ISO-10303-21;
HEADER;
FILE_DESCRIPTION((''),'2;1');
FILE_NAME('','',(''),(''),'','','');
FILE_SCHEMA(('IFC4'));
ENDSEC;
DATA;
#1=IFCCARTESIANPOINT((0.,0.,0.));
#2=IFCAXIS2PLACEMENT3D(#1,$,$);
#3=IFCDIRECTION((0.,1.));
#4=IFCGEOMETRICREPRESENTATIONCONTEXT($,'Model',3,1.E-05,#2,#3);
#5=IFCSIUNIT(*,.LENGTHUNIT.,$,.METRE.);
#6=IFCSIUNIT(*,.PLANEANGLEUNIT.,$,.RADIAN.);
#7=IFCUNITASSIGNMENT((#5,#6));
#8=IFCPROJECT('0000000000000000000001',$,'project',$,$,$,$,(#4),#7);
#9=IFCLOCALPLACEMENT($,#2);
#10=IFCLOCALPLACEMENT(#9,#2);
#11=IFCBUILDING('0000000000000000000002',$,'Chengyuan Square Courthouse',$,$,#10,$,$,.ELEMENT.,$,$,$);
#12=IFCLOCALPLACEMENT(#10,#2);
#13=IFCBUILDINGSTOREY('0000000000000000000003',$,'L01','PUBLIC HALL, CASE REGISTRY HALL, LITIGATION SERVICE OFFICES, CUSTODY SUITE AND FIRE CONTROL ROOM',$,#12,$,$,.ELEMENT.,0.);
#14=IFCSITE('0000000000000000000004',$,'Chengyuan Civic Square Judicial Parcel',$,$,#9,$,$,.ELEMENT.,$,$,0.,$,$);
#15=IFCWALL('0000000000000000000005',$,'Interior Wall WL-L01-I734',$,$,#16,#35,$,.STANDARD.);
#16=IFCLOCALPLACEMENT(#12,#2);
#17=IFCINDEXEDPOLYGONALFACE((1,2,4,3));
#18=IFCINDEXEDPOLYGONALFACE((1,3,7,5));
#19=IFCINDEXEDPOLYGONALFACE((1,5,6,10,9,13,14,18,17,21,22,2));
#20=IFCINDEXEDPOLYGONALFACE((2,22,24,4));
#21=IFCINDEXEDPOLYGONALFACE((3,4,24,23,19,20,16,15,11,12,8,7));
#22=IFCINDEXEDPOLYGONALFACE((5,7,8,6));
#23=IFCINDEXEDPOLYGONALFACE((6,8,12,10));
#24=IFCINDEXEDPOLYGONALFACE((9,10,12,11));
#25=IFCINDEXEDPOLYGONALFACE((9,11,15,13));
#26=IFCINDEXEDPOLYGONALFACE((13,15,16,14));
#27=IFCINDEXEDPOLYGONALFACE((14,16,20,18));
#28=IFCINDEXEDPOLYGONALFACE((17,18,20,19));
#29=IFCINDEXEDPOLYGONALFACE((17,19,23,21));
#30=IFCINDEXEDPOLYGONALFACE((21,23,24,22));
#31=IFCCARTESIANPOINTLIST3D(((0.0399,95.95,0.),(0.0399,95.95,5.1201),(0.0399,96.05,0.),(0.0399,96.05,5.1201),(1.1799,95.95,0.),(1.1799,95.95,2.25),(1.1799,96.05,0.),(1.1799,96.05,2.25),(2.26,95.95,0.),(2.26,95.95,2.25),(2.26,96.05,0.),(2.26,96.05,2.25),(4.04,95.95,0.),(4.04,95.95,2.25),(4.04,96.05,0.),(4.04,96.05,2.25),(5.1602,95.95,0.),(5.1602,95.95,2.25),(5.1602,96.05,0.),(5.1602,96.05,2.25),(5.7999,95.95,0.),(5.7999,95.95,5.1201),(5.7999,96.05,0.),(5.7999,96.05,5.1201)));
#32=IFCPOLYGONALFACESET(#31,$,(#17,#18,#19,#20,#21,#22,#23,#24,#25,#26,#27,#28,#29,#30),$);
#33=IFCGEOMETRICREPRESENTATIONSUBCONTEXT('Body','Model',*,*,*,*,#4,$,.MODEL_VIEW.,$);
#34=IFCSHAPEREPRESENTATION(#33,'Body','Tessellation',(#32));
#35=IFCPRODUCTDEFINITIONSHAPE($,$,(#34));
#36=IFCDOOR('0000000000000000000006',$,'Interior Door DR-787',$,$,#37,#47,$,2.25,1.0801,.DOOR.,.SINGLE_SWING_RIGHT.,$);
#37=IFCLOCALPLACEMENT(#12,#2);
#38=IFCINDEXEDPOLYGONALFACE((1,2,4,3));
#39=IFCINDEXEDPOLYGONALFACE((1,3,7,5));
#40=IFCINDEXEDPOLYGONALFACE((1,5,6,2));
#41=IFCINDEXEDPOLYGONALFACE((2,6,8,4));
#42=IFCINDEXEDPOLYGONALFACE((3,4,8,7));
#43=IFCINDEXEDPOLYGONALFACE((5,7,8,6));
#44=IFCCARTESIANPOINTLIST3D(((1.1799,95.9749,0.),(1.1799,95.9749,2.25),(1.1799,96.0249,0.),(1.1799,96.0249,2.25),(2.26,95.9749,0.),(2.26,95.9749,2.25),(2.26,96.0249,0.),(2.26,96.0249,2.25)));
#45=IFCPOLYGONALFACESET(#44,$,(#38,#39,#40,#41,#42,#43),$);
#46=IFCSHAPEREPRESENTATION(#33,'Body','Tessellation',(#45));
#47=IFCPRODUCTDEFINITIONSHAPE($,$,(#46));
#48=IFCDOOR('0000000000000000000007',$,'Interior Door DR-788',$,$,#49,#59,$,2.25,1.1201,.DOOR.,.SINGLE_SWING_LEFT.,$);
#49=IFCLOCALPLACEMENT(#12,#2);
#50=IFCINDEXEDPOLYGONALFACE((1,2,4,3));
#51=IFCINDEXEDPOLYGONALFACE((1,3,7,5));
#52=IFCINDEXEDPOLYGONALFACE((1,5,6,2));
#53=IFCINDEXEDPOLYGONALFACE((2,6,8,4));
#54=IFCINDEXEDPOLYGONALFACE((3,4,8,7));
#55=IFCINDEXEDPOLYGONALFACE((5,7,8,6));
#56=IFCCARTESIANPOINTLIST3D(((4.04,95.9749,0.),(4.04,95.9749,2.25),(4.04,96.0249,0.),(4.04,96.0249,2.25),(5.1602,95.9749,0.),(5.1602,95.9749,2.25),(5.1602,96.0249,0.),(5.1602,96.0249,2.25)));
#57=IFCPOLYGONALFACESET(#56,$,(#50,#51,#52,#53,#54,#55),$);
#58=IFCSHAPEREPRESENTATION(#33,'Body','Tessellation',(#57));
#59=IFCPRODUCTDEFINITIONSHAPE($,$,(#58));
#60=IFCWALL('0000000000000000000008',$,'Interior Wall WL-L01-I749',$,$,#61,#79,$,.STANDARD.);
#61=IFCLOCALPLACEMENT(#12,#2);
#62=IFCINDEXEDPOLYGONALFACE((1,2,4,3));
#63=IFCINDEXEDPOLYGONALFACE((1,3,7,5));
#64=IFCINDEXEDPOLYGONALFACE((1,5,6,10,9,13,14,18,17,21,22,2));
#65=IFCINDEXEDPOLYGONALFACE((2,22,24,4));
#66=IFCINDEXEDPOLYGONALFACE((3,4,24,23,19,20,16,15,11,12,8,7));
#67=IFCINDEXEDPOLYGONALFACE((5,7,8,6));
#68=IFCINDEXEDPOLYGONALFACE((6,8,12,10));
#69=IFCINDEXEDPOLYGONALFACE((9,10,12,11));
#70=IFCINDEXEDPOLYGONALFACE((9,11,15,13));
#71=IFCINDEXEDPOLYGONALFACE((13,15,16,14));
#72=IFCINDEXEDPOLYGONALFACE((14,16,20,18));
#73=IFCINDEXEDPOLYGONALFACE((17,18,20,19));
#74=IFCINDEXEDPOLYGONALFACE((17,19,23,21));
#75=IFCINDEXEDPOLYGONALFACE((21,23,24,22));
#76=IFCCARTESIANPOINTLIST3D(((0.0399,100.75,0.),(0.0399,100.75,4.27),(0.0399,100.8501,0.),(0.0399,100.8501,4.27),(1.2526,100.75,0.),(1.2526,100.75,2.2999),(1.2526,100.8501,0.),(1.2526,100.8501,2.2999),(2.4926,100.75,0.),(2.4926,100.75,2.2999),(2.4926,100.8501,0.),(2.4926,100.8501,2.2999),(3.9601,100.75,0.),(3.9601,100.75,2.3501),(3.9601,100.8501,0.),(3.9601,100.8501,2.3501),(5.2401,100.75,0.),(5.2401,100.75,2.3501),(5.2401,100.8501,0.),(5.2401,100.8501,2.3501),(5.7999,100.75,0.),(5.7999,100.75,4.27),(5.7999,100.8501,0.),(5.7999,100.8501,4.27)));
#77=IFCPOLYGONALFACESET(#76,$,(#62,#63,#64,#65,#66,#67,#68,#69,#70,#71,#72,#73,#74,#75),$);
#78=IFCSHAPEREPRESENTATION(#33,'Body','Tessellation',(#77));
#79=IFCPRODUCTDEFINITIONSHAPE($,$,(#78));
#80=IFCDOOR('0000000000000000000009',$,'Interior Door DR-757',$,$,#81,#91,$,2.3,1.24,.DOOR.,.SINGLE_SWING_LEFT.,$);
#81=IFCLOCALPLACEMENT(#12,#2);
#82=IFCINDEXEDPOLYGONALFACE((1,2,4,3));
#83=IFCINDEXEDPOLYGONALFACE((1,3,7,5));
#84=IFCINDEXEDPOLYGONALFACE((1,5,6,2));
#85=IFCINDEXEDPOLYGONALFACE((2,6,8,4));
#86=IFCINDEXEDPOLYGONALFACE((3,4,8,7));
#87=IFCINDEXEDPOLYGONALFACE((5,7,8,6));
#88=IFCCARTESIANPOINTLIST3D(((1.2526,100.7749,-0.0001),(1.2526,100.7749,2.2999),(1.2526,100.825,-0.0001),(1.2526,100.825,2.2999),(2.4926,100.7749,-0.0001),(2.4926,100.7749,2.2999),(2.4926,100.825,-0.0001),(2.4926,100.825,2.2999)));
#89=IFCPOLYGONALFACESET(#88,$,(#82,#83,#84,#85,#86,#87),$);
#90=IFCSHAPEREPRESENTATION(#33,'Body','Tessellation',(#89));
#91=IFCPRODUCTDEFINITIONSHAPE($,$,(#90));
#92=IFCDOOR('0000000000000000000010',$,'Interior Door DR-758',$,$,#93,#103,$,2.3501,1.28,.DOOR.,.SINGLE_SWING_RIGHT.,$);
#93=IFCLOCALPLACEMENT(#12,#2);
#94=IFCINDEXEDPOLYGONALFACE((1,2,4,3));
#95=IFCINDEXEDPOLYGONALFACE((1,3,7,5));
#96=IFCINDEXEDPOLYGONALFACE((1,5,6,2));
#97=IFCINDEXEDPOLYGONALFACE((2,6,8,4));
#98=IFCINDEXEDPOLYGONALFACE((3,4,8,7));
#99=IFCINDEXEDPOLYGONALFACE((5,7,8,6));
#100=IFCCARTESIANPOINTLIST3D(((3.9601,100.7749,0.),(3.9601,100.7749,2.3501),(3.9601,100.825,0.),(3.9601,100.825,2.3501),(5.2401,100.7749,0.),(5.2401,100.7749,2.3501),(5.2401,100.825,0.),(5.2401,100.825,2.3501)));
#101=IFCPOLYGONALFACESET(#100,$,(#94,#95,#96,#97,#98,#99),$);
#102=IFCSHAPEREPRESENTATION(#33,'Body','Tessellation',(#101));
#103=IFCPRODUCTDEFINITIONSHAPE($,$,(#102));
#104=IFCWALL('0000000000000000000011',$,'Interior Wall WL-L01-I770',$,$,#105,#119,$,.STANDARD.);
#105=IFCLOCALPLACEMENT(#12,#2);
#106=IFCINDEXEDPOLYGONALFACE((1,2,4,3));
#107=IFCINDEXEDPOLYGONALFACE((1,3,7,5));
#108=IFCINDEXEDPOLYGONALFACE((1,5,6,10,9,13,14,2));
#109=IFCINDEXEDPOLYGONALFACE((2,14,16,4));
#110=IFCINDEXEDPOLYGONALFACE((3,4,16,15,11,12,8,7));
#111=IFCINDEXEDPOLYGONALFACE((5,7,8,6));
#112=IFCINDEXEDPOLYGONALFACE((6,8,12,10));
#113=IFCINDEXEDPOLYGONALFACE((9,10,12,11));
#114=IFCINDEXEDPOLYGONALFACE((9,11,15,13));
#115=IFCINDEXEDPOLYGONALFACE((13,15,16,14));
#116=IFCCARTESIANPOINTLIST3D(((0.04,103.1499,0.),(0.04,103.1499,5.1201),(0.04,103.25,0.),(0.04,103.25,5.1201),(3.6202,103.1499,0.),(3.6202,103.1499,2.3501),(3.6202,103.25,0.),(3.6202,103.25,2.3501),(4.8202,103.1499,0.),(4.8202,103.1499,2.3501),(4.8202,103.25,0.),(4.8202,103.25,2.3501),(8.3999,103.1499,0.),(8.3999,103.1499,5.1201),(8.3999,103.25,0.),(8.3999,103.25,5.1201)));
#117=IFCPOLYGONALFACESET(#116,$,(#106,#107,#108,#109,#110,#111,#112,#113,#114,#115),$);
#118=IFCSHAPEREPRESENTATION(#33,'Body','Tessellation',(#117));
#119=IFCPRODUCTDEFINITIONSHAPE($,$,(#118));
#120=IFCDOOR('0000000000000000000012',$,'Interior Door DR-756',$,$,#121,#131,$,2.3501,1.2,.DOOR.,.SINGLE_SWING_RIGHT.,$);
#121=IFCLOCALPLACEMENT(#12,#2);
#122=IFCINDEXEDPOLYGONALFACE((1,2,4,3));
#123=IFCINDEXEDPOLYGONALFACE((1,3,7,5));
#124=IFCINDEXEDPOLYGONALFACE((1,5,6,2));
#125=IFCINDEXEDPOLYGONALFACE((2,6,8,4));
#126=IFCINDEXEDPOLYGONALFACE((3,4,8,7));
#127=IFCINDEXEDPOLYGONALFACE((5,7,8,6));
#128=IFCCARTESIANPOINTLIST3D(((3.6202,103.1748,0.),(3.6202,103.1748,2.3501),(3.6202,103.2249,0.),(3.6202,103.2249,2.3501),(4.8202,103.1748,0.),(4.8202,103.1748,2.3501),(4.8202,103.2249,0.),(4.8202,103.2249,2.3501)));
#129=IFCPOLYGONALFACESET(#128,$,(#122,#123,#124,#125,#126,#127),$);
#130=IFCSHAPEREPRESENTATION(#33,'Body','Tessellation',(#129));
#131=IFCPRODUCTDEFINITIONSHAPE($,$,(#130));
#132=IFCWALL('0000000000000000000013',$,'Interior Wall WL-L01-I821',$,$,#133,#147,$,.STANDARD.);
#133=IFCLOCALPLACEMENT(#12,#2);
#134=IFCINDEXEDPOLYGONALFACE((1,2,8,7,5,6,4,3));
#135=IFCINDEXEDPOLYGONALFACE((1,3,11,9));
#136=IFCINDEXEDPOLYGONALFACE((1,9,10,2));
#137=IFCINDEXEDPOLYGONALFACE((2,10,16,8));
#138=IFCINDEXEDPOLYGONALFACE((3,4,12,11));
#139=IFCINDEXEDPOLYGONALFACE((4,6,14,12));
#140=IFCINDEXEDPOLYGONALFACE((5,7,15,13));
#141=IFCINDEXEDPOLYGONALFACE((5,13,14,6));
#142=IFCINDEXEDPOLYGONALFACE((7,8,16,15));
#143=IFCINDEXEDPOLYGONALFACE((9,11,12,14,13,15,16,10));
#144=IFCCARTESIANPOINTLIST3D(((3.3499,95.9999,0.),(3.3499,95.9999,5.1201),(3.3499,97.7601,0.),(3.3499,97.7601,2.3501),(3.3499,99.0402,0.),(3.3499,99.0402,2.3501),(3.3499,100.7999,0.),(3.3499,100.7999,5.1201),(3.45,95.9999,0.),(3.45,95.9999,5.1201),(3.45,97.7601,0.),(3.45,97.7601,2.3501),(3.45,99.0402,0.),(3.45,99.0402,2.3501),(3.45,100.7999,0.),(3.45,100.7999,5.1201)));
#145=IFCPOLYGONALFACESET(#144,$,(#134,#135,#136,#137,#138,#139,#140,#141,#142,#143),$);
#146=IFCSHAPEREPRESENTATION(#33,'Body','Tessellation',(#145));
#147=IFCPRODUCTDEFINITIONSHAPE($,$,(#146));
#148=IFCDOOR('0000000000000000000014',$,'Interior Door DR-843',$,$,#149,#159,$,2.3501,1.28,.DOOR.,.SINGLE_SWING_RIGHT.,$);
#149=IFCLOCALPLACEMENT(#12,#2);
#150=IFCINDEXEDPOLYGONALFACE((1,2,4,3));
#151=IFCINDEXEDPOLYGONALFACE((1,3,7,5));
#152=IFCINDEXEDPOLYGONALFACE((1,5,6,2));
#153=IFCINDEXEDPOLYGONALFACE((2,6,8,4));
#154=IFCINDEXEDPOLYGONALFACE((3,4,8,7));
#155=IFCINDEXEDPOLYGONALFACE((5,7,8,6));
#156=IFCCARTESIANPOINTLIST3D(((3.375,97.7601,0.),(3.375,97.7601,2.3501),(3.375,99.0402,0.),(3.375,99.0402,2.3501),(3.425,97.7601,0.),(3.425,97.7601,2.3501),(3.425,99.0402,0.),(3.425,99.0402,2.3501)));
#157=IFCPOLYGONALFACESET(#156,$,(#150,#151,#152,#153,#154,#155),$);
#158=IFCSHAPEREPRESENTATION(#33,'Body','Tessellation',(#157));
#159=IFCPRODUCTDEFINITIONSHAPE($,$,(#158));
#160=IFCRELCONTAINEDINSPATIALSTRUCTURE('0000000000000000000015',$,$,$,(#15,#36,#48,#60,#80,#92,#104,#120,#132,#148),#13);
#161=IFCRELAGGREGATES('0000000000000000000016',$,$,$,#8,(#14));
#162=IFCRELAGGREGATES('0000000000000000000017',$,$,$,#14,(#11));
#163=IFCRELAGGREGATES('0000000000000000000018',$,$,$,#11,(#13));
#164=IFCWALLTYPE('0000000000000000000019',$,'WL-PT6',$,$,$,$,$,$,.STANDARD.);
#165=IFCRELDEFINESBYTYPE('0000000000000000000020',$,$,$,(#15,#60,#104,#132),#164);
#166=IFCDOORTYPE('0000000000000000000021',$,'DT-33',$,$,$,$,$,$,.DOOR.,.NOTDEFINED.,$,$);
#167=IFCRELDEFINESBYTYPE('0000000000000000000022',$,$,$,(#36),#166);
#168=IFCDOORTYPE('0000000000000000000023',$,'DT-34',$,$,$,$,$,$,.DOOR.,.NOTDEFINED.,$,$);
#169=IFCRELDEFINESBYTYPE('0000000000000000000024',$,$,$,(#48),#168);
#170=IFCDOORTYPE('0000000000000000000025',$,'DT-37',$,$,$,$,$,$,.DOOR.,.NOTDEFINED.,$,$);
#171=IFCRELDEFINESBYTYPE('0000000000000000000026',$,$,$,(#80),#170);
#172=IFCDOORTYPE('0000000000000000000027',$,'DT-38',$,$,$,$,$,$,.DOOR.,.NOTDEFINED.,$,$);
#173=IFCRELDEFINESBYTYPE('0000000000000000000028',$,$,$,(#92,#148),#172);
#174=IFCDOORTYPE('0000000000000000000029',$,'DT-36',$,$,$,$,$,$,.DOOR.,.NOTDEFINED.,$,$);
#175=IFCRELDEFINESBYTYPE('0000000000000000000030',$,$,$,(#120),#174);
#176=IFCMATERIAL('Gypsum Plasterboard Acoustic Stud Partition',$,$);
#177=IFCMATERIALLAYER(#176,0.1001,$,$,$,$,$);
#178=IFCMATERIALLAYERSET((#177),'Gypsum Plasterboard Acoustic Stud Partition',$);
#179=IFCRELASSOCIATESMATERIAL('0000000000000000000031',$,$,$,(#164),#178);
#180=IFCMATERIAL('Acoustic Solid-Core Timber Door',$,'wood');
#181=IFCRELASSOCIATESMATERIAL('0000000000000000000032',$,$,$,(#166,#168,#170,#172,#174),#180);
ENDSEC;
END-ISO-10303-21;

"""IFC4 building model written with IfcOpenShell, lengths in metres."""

from ifc_helpers import new_model, si_unit, direction, frame, frame_2d, origin, place, context, subcontext, project, spatial, rectangle, extrude, material, layer, layer_set, type_object, element, fill, save


model = new_model("IFC4")

# Units and contexts
model_context = context("Model", 3, precision=1e-05, world=origin(), true_north=direction((0.0, 1.0)))
body_context = subcontext(model_context, "Body", "Model", "MODEL_VIEW")
ifc_project = project(units=[si_unit("LENGTHUNIT", "METRE"), si_unit("PLANEANGLEUNIT", "RADIAN")], contexts=[model_context])

# Site, building, storey
site_placement = place(None, origin())
site = spatial("IfcSite", under=ifc_project, at=site_placement, Name="Chengyuan Civic Square Judicial Parcel", CompositionType="ELEMENT", RefElevation=0.0)
building_placement = place(site_placement, origin())
building = spatial("IfcBuilding", under=site, at=building_placement, Name="Chengyuan Square Courthouse", CompositionType="ELEMENT")
storey_placement = place(building_placement, origin())
storey = spatial("IfcBuildingStorey", under=building, at=storey_placement, Name="L01", Description="PUBLIC HALL, CASE REGISTRY HALL, LITIGATION SERVICE OFFICES, CUSTODY SUITE AND FIRE CONTROL ROOM", CompositionType="ELEMENT", Elevation=0.0)

# Walls, openings, doors
ifc_material_1 = material(Name="Gypsum Plasterboard Acoustic Stud Partition")
ifc_layer_1 = layer(ifc_material_1, 0.1001)
ifc_layer_set_1 = layer_set([ifc_layer_1], Name="Gypsum Plasterboard Acoustic Stud Partition")
wall_type_1 = type_object("IfcWallType", Name="WL-PT6", PredefinedType="STANDARD", material=ifc_layer_set_1)
wall_1_placement = place(storey_placement, frame((0.04, 96.0, 0.0), z_axis=(0.0, 0.0, 1.0), x_axis=(1.0, 0.0, 0.0)))
wall_1 = element("IfcWall", 1, at=wall_1_placement, inside=storey, type_object=wall_type_1, Name="Interior Wall WL-L01-I734", PredefinedType="STANDARD", context=body_context, shape_type="SweptSolid", body=[
    extrude(rectangle(XDim=5.76, YDim=0.1001, at=frame_2d((2.8799, 0.0))), origin(), (0.0, 0.0, 1.0), 5.1201),
])
opening_1_placement = place(wall_1_placement, frame((1.1399, 0.0, 0.0)))
opening_1 = element("IfcOpeningElement", 2, at=opening_1_placement, cuts=wall_1, PredefinedType="OPENING", context=body_context, shape_type="SweptSolid", body=[
    extrude(rectangle(XDim=1.0801, YDim=2.25, at=frame_2d((0.54, 1.125))), frame((0.0, 0.062, 0.0), z_axis=(0.0, -1.0, 0.0), x_axis=(1.0, 0.0, 0.0)), (0.0, 0.0, 1.0), 0.124),
])
opening_2_placement = place(wall_1_placement, frame((4.0, 0.0, 0.0)))
opening_2 = element("IfcOpeningElement", 3, at=opening_2_placement, cuts=wall_1, PredefinedType="OPENING", context=body_context, shape_type="SweptSolid", body=[
    extrude(rectangle(XDim=1.1201, YDim=2.25, at=frame_2d((0.5601, 1.125))), frame((0.0, 0.062, 0.0), z_axis=(0.0, -1.0, 0.0), x_axis=(1.0, 0.0, 0.0)), (0.0, 0.0, 1.0), 0.124),
])
ifc_material_2 = material(Name="Acoustic Solid-Core Timber Door", Category="wood")
door_type_1 = type_object("IfcDoorType", Name="DT-33", OperationType="NOTDEFINED", PredefinedType="DOOR", material=ifc_material_2)
door_1_placement = place(opening_1_placement, origin())
door_1 = element("IfcDoor", 4, at=door_1_placement, inside=storey, type_object=door_type_1, Name="Interior Door DR-787", OperationType="SINGLE_SWING_RIGHT", OverallHeight=2.25, OverallWidth=1.0801, PredefinedType="DOOR", context=body_context, shape_type="SweptSolid", body=[
    extrude(rectangle(XDim=1.0801, YDim=2.25, at=frame_2d((0.54, 1.125))), frame((0.0, 0.0249, 0.0), z_axis=(0.0, -1.0, 0.0), x_axis=(1.0, 0.0, 0.0)), (0.0, 0.0, 1.0), 0.05),
])
fill(opening_1, door_1)
door_type_2 = type_object("IfcDoorType", Name="DT-34", OperationType="NOTDEFINED", PredefinedType="DOOR", material=ifc_material_2)
door_2_placement = place(opening_2_placement, origin())
door_2 = element("IfcDoor", 5, at=door_2_placement, inside=storey, type_object=door_type_2, Name="Interior Door DR-788", OperationType="SINGLE_SWING_LEFT", OverallHeight=2.25, OverallWidth=1.1201, PredefinedType="DOOR", context=body_context, shape_type="SweptSolid", body=[
    extrude(rectangle(XDim=1.1201, YDim=2.25, at=frame_2d((0.5601, 1.125))), frame((0.0, 0.0249, 0.0), z_axis=(0.0, -1.0, 0.0), x_axis=(1.0, 0.0, 0.0)), (0.0, 0.0, 1.0), 0.05),
])
fill(opening_2, door_2)
wall_2_placement = place(storey_placement, frame((0.04, 100.8, 0.0), z_axis=(0.0, 0.0, 1.0), x_axis=(1.0, 0.0, 0.0)))
wall_2 = element("IfcWall", 6, at=wall_2_placement, inside=storey, type_object=wall_type_1, Name="Interior Wall WL-L01-I749", PredefinedType="STANDARD", context=body_context, shape_type="SweptSolid", body=[
    extrude(rectangle(XDim=5.76, YDim=0.1001, at=frame_2d((2.8799, 0.0))), origin(), (0.0, 0.0, 1.0), 4.27),
])
opening_3_placement = place(wall_2_placement, frame((1.2124, 0.0, 0.0)))
opening_3 = element("IfcOpeningElement", 7, at=opening_3_placement, cuts=wall_2, PredefinedType="OPENING", context=body_context, shape_type="SweptSolid", body=[
    extrude(rectangle(XDim=1.24, YDim=2.3, at=frame_2d((0.6201, 1.1499))), frame((0.0, 0.062, 0.0), z_axis=(0.0, -1.0, 0.0), x_axis=(1.0, 0.0, 0.0)), (0.0, 0.0, 1.0), 0.124),
])
opening_4_placement = place(wall_2_placement, frame((3.9199, 0.0, 0.0)))
opening_4 = element("IfcOpeningElement", 8, at=opening_4_placement, cuts=wall_2, PredefinedType="OPENING", context=body_context, shape_type="SweptSolid", body=[
    extrude(rectangle(XDim=1.28, YDim=2.3501, at=frame_2d((0.6401, 1.175))), frame((0.0, 0.062, 0.0), z_axis=(0.0, -1.0, 0.0), x_axis=(1.0, 0.0, 0.0)), (0.0, 0.0, 1.0), 0.124),
])
door_type_3 = type_object("IfcDoorType", Name="DT-37", OperationType="NOTDEFINED", PredefinedType="DOOR", material=ifc_material_2)
door_3_placement = place(opening_3_placement, origin())
door_3 = element("IfcDoor", 9, at=door_3_placement, inside=storey, type_object=door_type_3, Name="Interior Door DR-757", OperationType="SINGLE_SWING_LEFT", OverallHeight=2.3, OverallWidth=1.24, PredefinedType="DOOR", context=body_context, shape_type="SweptSolid", body=[
    extrude(rectangle(XDim=1.24, YDim=2.3, at=frame_2d((0.6201, 1.1499))), frame((0.0, 0.0249, 0.0), z_axis=(0.0, -1.0, 0.0), x_axis=(1.0, 0.0, 0.0)), (0.0, 0.0, 1.0), 0.05),
])
fill(opening_3, door_3)
door_type_4 = type_object("IfcDoorType", Name="DT-38", OperationType="NOTDEFINED", PredefinedType="DOOR", material=ifc_material_2)
door_4_placement = place(opening_4_placement, origin())
door_4 = element("IfcDoor", 10, at=door_4_placement, inside=storey, type_object=door_type_4, Name="Interior Door DR-758", OperationType="SINGLE_SWING_RIGHT", OverallHeight=2.3501, OverallWidth=1.28, PredefinedType="DOOR", context=body_context, shape_type="SweptSolid", body=[
    extrude(rectangle(XDim=1.28, YDim=2.3501, at=frame_2d((0.6401, 1.175))), frame((0.0, 0.0249, 0.0), z_axis=(0.0, -1.0, 0.0), x_axis=(1.0, 0.0, 0.0)), (0.0, 0.0, 1.0), 0.05),
])
fill(opening_4, door_4)

# Walls, openings, doors
wall_3_placement = place(storey_placement, frame((0.04, 103.2, 0.0), z_axis=(0.0, 0.0, 1.0), x_axis=(1.0, 0.0, 0.0)))
wall_3 = element("IfcWall", 11, at=wall_3_placement, inside=storey, type_object=wall_type_1, Name="Interior Wall WL-L01-I770", PredefinedType="STANDARD", context=body_context, shape_type="SweptSolid", body=[
    extrude(rectangle(XDim=8.3599, YDim=0.1001, at=frame_2d((4.1799, 0.0))), origin(), (0.0, 0.0, 1.0), 5.1201),
])
opening_5_placement = place(wall_3_placement, frame((3.5801, 0.0, 0.0)))
opening_5 = element("IfcOpeningElement", 12, at=opening_5_placement, cuts=wall_3, PredefinedType="OPENING", context=body_context, shape_type="SweptSolid", body=[
    extrude(rectangle(XDim=1.2, YDim=2.3501, at=frame_2d((0.6001, 1.175))), frame((0.0, 0.062, 0.0), z_axis=(0.0, -1.0, 0.0), x_axis=(1.0, 0.0, 0.0)), (0.0, 0.0, 1.0), 0.124),
])
door_type_5 = type_object("IfcDoorType", Name="DT-36", OperationType="NOTDEFINED", PredefinedType="DOOR", material=ifc_material_2)
door_5_placement = place(opening_5_placement, origin())
door_5 = element("IfcDoor", 13, at=door_5_placement, inside=storey, type_object=door_type_5, Name="Interior Door DR-756", OperationType="SINGLE_SWING_RIGHT", OverallHeight=2.3501, OverallWidth=1.2, PredefinedType="DOOR", context=body_context, shape_type="SweptSolid", body=[
    extrude(rectangle(XDim=1.2, YDim=2.3501, at=frame_2d((0.6001, 1.175))), frame((0.0, 0.0249, 0.0), z_axis=(0.0, -1.0, 0.0), x_axis=(1.0, 0.0, 0.0)), (0.0, 0.0, 1.0), 0.05),
])
fill(opening_5, door_5)
wall_4_placement = place(storey_placement, frame((3.3999, 96.0, 0.0), z_axis=(0.0, 0.0, 1.0), x_axis=(0.0, 1.0, 0.0)))
wall_4 = element("IfcWall", 14, at=wall_4_placement, inside=storey, type_object=wall_type_1, Name="Interior Wall WL-L01-I821", PredefinedType="STANDARD", context=body_context, shape_type="SweptSolid", body=[
    extrude(rectangle(XDim=4.8, YDim=0.1001, at=frame_2d((2.3999, 0.0))), origin(), (0.0, 0.0, 1.0), 5.1201),
])
opening_6_placement = place(wall_4_placement, frame((1.76, 0.0, 0.0)))
opening_6 = element("IfcOpeningElement", 15, at=opening_6_placement, cuts=wall_4, PredefinedType="OPENING", context=body_context, shape_type="SweptSolid", body=[
    extrude(rectangle(XDim=1.28, YDim=2.3501, at=frame_2d((0.6401, 1.175))), frame((0.0, 0.062, 0.0), z_axis=(0.0, -1.0, 0.0), x_axis=(1.0, 0.0, 0.0)), (0.0, 0.0, 1.0), 0.124),
])
door_6_placement = place(opening_6_placement, origin())
door_6 = element("IfcDoor", 16, at=door_6_placement, inside=storey, type_object=door_type_4, Name="Interior Door DR-843", OperationType="SINGLE_SWING_RIGHT", OverallHeight=2.3501, OverallWidth=1.28, PredefinedType="DOOR", context=body_context, shape_type="SweptSolid", body=[
    extrude(rectangle(XDim=1.28, YDim=2.3501, at=frame_2d((0.6401, 1.175))), frame((0.0, 0.0249, 0.0), z_axis=(0.0, -1.0, 0.0), x_axis=(1.0, 0.0, 0.0)), (0.0, 0.0, 1.0), 0.05),
])
fill(opening_6, door_6)

save(model, "model.ifc")
